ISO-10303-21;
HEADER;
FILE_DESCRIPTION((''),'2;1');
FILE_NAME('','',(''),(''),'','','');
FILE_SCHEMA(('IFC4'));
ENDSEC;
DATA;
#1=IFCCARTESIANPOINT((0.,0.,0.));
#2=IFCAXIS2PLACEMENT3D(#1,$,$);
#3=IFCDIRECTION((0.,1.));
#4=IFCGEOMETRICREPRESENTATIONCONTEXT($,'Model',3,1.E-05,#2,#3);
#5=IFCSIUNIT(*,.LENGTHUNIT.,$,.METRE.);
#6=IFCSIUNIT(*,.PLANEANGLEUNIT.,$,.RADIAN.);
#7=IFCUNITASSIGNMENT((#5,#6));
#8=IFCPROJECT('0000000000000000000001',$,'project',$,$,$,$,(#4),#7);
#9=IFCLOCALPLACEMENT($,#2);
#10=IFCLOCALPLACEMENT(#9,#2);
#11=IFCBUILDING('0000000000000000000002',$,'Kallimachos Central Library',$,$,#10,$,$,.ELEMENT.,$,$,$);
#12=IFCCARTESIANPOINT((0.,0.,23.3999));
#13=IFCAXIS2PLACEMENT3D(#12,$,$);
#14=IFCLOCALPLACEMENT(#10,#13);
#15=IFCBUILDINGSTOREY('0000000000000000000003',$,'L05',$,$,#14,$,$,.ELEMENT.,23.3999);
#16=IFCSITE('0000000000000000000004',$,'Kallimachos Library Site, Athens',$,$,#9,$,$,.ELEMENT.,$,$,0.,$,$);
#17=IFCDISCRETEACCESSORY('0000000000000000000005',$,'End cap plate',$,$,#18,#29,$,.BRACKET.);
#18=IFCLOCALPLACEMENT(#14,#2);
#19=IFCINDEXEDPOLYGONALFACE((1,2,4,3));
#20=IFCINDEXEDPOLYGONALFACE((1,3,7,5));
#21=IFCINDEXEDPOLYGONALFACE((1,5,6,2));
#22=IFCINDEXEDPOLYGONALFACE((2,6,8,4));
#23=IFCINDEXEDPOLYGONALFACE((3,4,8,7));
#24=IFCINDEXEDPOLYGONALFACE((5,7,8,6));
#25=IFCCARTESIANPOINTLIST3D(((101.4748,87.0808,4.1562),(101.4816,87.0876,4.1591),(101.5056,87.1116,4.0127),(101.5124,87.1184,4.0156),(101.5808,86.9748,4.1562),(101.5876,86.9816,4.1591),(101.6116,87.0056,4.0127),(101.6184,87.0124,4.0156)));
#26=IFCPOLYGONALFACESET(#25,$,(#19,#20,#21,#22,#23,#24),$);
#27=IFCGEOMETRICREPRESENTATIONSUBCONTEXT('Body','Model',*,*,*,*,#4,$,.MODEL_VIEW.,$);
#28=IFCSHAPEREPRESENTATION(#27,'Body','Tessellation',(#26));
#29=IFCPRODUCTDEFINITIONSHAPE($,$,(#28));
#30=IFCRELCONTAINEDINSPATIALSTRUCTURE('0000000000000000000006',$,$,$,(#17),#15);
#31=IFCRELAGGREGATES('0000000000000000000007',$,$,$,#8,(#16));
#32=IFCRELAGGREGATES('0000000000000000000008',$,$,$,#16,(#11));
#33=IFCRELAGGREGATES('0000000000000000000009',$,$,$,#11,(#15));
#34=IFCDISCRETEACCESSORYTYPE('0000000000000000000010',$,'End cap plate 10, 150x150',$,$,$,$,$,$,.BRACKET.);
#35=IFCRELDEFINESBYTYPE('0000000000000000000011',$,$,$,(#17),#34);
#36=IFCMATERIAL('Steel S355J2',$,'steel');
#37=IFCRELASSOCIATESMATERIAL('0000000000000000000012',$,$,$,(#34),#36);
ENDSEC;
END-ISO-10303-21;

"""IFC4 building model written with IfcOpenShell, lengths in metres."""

from ifc_helpers import new_model, si_unit, direction, frame, origin, origin_2d, place, context, subcontext, project, spatial, rectangle, extrude, material, material_profile, profile_set, type_object, element, save


model = new_model("IFC4")

# Units and contexts
model_context = context("Model", 3, precision=1e-05, world=origin(), true_north=direction((0.0, 1.0)))
body_context = subcontext(model_context, "Body", "Model", "MODEL_VIEW")
ifc_project = project(units=[si_unit("LENGTHUNIT", "METRE"), si_unit("PLANEANGLEUNIT", "RADIAN")], contexts=[model_context])

# Site, building, storey
site_placement = place(None, origin())
site = spatial("IfcSite", under=ifc_project, at=site_placement, Name="Kallimachos Library Site, Athens", CompositionType="ELEMENT", RefElevation=0.0)
building_placement = place(site_placement, origin())
building = spatial("IfcBuilding", under=site, at=building_placement, Name="Kallimachos Central Library", CompositionType="ELEMENT")
storey_placement = place(building_placement, frame((0.0, 0.0, 23.3999)))
storey = spatial("IfcBuildingStorey", under=building, at=storey_placement, Name="L05", CompositionType="ELEMENT", Elevation=23.3999)

# Discrete accessory
ifc_material_1 = material(Name="Steel S355J2", Category="steel")
ifc_material_profile_1 = material_profile(ifc_material_1, rectangle(XDim=0.1499, YDim=0.1499, at=origin_2d()), Name="End cap plate 10, 150x150")
ifc_profile_set_1 = profile_set([ifc_material_profile_1], Name="Steel S355J2")
discrete_accessory_type = type_object("IfcDiscreteAccessoryType", Name="End cap plate 10, 150x150", PredefinedType="BRACKET", material=ifc_profile_set_1)
for number, where, z_axis, x_axis, name in (
    (1, (101.5432, 87.0432, 4.0845), (0.676716, 0.676716, 0.290021), (-0.707107, 0.707107, 0.0), "End cap plate"),
):
    element("IfcDiscreteAccessory", number, at=place(storey_placement, frame(where, z_axis=z_axis, x_axis=x_axis)), inside=storey, type_object=discrete_accessory_type, Name=name, PredefinedType="BRACKET", context=body_context, shape_type="SweptSolid", body=[
        extrude(rectangle(XDim=0.1499, YDim=0.1499, at=origin_2d()), origin(), (0.0, 0.0, 1.0), 0.01),
    ])

save(model, "model.ifc")
